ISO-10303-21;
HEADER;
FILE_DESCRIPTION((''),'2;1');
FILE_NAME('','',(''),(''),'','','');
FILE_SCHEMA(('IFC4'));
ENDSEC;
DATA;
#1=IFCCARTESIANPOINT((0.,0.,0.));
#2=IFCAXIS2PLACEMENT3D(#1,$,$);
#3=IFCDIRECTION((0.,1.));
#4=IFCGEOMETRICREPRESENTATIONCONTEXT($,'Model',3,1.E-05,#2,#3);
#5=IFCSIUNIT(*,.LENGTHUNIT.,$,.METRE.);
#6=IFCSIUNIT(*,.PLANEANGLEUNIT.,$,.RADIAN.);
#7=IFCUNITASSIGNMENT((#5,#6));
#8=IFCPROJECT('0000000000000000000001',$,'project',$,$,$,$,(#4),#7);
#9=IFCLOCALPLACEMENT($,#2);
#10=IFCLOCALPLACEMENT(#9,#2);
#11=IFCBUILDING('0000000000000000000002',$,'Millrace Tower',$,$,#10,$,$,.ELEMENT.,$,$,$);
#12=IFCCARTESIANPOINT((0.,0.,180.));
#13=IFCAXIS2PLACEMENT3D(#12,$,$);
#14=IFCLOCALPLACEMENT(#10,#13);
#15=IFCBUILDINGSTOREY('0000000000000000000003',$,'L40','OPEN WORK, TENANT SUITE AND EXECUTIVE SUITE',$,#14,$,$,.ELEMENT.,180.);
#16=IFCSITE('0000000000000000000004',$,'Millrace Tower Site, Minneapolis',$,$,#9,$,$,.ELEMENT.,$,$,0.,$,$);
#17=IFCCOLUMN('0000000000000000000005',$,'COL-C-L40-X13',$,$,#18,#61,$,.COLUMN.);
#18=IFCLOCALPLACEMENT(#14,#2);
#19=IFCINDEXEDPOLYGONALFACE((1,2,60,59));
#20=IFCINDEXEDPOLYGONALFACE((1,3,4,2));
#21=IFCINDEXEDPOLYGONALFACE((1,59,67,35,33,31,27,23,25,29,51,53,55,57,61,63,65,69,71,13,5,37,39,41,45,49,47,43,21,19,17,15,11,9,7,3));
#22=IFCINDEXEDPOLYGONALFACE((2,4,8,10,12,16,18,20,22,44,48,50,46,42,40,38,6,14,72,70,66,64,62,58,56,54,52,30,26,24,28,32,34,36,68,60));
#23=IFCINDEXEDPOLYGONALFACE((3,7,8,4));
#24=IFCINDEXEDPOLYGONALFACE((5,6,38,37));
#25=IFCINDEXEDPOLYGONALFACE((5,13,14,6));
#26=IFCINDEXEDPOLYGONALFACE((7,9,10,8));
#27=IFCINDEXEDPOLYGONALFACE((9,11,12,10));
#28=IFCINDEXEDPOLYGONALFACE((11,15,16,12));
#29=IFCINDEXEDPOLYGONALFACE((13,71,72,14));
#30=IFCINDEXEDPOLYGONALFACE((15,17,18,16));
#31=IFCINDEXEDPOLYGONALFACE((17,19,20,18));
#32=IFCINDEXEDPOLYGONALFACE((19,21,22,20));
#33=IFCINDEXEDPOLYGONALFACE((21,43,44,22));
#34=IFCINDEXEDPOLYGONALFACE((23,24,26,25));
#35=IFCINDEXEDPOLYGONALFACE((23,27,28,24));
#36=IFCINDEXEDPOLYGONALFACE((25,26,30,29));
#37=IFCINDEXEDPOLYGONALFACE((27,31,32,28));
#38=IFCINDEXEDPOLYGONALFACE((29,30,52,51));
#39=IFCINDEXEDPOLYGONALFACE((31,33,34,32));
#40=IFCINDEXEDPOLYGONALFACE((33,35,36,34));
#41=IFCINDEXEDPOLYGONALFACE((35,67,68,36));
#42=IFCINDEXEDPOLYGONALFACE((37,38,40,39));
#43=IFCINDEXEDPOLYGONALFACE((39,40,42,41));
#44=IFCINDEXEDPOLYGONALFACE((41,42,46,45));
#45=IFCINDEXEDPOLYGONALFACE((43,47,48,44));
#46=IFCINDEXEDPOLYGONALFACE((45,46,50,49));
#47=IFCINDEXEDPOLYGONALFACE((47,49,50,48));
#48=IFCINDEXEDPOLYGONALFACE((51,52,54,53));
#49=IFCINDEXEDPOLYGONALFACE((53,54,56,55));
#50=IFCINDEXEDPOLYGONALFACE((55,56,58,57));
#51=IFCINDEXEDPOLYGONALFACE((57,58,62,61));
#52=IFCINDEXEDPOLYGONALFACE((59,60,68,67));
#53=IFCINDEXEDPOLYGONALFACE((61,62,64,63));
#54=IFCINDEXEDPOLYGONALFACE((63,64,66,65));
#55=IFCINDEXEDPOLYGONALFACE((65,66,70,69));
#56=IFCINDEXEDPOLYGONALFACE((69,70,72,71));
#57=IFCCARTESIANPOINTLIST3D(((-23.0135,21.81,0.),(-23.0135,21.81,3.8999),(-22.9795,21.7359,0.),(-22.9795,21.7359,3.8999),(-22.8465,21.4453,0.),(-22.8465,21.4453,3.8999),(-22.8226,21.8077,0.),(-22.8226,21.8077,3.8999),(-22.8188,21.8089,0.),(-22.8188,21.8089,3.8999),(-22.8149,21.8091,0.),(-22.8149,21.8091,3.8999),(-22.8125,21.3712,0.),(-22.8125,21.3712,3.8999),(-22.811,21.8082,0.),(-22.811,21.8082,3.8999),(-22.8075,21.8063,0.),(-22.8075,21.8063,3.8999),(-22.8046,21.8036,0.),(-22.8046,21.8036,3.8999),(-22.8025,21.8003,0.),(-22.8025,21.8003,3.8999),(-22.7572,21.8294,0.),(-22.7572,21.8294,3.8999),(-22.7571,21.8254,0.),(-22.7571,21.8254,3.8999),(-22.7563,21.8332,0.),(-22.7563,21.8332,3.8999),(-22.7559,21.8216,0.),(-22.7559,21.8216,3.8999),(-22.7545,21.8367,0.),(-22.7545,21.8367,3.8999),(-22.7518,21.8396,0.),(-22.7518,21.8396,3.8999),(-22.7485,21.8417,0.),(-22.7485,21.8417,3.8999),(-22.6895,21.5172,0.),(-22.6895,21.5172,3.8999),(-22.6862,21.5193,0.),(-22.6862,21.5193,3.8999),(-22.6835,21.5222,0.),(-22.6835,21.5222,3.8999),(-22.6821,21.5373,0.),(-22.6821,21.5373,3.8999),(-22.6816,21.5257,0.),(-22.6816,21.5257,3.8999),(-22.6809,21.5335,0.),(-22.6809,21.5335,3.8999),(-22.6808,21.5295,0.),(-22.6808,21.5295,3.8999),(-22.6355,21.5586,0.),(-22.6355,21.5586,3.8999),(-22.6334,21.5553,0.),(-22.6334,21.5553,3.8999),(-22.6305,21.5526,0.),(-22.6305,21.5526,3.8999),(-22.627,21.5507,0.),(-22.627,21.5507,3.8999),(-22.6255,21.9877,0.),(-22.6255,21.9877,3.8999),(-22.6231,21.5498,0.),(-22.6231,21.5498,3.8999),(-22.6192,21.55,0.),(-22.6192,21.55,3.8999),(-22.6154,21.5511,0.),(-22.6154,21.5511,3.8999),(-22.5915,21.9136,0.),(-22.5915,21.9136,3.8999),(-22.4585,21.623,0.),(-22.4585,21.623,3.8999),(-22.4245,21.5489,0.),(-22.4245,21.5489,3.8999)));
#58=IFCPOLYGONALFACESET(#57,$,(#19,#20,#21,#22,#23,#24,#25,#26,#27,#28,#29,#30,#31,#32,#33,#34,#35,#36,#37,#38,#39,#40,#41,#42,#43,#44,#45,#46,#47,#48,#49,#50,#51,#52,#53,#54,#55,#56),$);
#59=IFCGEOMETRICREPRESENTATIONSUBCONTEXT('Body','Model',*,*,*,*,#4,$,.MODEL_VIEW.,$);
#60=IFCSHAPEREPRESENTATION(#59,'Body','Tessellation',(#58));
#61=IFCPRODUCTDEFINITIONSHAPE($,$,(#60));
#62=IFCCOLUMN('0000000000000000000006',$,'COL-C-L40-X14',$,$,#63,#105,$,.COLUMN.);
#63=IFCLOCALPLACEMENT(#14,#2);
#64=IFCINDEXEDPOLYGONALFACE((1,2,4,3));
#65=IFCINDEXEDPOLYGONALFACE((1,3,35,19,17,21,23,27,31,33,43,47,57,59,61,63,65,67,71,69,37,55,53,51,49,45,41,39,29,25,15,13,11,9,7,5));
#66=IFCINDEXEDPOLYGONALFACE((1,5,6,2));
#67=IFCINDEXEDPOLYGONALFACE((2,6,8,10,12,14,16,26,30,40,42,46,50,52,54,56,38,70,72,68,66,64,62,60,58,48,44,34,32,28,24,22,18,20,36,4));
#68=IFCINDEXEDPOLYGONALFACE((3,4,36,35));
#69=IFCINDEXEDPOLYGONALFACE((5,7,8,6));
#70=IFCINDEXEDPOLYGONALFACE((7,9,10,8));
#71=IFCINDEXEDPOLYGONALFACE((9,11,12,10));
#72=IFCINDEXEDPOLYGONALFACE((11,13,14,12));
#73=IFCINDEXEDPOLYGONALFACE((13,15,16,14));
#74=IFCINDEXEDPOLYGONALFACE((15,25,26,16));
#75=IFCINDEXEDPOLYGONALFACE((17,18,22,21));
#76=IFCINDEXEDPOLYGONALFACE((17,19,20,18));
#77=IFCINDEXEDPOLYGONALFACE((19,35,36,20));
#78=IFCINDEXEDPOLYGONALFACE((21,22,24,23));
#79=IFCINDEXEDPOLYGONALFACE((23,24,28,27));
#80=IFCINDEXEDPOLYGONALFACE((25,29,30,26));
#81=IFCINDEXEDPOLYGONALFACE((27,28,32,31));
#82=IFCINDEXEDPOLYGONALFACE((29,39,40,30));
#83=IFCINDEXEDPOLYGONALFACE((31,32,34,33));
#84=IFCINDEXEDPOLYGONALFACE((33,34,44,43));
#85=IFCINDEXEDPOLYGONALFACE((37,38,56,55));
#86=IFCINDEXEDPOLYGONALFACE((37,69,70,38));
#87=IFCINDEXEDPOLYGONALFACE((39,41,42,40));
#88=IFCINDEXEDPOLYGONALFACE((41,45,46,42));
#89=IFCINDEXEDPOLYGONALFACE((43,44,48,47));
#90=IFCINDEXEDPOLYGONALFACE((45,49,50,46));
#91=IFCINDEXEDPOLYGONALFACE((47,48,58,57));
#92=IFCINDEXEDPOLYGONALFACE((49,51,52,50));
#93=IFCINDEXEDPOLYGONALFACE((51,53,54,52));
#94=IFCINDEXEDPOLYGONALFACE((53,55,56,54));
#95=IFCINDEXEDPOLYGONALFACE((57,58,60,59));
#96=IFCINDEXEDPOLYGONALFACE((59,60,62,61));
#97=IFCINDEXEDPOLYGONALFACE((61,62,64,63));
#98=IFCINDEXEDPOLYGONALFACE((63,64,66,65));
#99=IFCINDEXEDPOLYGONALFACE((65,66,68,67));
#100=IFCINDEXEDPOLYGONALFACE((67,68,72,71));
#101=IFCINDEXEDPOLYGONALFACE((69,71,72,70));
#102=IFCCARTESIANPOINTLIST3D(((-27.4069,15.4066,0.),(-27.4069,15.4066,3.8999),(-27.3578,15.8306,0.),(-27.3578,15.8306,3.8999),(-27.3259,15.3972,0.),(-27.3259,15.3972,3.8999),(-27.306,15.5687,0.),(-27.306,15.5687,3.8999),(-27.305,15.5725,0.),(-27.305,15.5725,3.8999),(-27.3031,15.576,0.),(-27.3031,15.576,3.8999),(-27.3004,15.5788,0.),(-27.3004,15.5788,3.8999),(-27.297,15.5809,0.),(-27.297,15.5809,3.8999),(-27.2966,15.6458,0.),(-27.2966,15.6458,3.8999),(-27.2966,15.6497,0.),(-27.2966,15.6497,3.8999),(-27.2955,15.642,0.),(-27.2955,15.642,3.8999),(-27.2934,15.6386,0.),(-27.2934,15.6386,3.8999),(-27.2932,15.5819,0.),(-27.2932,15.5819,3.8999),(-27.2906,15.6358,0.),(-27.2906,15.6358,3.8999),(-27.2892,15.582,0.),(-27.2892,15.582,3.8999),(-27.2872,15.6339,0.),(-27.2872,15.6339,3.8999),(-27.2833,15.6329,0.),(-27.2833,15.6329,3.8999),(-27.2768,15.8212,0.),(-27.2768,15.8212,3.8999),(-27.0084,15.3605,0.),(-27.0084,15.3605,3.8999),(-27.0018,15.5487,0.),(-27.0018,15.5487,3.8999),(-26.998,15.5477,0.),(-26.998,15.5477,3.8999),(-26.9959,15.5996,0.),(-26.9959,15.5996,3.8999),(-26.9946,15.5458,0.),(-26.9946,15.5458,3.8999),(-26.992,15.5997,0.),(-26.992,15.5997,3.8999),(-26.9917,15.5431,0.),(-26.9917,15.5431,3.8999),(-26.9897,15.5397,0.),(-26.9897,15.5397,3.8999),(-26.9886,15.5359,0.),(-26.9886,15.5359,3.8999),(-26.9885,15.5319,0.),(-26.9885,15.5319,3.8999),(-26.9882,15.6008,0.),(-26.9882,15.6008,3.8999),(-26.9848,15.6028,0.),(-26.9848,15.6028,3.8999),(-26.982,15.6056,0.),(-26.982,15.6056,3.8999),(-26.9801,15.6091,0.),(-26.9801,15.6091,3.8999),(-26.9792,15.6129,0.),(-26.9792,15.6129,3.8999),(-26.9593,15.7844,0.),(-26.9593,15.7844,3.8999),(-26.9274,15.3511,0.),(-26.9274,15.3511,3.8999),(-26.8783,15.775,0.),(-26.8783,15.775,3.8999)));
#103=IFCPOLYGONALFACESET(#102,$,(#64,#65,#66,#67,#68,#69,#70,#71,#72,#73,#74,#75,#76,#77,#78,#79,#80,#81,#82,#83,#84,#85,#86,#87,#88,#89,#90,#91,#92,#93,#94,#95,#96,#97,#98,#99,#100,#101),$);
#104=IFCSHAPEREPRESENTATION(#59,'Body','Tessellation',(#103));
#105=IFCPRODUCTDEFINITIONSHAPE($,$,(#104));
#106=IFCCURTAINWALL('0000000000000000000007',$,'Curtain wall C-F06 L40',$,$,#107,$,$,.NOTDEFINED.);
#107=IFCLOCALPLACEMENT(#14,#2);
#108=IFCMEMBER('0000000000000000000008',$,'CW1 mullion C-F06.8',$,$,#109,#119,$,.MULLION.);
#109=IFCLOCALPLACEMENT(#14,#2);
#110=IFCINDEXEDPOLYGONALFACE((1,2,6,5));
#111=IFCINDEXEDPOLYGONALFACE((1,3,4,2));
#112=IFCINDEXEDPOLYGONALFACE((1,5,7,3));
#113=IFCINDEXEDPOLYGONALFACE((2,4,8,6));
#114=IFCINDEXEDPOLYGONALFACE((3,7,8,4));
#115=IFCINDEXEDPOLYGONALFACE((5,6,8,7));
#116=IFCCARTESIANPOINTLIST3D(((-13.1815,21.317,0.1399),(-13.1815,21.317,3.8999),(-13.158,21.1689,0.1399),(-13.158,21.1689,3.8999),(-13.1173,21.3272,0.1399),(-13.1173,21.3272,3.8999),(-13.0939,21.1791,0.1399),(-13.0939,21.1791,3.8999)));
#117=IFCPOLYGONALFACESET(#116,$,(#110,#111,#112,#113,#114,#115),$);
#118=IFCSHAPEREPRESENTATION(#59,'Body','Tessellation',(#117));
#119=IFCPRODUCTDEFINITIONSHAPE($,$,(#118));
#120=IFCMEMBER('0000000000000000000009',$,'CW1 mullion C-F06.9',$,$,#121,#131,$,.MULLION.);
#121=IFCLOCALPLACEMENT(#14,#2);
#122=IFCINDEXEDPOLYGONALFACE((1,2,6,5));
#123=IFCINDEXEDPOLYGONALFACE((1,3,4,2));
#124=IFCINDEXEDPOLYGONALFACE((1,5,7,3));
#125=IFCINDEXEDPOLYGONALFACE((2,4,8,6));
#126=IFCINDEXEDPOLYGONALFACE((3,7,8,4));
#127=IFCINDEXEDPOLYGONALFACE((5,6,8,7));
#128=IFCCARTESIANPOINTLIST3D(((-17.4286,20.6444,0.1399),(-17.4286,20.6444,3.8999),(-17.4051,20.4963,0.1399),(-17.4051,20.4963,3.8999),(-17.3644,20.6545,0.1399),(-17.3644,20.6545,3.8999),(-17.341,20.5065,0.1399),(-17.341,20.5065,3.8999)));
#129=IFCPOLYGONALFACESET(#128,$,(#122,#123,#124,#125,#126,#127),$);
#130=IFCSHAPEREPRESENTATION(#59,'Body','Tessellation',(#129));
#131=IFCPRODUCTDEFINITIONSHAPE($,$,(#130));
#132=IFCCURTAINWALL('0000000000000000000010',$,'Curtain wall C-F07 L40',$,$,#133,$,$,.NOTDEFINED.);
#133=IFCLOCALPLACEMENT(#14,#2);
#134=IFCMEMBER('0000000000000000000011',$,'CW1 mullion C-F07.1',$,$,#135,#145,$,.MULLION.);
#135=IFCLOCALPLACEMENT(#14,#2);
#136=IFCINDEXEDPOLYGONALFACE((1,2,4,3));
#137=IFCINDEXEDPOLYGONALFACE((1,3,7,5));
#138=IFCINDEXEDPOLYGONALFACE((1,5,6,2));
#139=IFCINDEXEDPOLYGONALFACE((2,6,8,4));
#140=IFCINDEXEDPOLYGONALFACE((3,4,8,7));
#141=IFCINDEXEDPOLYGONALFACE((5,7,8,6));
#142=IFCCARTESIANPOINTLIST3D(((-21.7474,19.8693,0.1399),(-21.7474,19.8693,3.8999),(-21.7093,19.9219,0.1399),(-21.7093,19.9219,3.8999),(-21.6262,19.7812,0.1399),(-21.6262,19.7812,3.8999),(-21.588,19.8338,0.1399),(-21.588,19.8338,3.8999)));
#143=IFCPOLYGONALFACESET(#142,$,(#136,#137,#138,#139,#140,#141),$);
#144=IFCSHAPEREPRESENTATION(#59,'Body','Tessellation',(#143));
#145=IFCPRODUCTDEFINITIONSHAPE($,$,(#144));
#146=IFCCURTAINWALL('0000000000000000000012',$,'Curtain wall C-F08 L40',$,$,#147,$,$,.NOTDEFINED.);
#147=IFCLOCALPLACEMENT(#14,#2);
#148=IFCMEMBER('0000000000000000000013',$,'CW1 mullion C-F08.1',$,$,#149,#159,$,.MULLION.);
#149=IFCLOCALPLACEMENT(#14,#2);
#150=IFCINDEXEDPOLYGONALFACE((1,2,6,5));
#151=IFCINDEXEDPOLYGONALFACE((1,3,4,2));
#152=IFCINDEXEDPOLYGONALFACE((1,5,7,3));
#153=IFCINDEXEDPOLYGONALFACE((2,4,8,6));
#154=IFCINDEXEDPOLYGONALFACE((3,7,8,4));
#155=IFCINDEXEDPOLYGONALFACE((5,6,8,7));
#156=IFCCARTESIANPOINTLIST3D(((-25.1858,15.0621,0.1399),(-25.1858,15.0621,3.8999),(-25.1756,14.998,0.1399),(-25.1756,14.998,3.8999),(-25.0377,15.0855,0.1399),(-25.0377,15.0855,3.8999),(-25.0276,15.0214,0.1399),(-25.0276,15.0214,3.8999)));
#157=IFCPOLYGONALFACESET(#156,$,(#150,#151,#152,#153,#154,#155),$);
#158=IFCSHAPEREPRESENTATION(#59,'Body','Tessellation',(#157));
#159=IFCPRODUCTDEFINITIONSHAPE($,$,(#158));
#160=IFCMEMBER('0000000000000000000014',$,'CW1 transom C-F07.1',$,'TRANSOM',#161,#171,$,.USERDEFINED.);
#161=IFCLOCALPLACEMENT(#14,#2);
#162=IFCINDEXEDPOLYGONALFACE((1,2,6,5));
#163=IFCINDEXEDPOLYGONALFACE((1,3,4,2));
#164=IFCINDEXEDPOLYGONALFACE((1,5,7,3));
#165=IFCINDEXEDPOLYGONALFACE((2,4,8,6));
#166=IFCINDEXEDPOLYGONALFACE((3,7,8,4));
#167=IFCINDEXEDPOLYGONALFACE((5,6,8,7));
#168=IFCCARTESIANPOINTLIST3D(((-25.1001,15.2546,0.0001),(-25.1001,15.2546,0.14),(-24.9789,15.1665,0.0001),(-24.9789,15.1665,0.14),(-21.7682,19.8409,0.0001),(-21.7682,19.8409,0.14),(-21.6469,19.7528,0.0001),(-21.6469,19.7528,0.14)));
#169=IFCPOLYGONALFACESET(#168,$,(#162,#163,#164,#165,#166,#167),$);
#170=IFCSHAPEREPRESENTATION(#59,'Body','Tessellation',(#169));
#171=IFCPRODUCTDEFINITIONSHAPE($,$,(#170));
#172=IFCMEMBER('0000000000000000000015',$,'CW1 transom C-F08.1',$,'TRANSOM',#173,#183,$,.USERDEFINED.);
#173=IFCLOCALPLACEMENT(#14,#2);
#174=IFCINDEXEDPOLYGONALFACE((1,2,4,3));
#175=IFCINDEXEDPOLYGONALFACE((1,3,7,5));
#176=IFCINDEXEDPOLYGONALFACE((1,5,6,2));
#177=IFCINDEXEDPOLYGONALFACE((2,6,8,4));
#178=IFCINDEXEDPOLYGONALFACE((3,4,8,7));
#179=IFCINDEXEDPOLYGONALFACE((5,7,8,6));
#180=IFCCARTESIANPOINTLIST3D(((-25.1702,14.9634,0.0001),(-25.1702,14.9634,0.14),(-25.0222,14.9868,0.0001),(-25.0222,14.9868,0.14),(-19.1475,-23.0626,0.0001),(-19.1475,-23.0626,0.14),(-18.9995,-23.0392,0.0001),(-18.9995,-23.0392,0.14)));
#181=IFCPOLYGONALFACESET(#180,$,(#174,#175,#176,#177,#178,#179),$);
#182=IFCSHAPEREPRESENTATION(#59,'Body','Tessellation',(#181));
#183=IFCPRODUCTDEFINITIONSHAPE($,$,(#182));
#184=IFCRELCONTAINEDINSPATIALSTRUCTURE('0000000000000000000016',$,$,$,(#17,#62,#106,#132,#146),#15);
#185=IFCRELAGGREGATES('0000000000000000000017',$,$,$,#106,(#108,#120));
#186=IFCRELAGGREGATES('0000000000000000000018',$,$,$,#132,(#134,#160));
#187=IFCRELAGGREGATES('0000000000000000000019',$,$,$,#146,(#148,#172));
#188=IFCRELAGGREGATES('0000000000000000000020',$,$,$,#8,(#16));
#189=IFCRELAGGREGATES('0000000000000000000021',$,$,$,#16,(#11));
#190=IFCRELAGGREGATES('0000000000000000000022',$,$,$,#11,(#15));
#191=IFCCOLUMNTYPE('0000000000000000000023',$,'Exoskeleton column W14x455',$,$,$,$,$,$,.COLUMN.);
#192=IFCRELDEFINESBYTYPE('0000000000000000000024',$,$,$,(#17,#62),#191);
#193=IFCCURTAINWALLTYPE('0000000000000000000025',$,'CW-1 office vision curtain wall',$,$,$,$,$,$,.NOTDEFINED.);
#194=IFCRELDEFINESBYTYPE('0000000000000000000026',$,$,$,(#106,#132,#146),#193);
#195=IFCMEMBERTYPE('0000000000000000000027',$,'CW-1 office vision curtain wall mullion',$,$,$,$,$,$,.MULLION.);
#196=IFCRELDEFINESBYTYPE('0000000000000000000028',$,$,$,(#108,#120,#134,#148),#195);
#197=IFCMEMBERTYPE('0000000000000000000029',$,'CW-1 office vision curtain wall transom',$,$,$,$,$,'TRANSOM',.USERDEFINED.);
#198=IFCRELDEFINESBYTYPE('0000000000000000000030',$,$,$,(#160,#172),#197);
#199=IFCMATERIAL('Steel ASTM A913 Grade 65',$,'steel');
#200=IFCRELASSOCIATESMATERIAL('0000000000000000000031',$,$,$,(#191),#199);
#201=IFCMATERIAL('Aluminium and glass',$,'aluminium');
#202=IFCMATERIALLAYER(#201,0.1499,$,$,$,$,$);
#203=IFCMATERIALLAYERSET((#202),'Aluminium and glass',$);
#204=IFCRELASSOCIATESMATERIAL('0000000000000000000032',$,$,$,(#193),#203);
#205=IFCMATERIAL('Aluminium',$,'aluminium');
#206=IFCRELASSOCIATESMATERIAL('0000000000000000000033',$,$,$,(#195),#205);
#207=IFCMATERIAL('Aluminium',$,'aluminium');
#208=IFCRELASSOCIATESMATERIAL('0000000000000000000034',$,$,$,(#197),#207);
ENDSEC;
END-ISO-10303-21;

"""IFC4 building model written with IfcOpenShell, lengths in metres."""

from ifc_helpers import new_model, si_unit, direction, frame, origin, origin_2d, place, context, subcontext, project, spatial, rectangle, i_section, extrude, material, layer, layer_set, material_profile, profile_set, type_object, element, aggregate, save


model = new_model("IFC4")

# Units and contexts
model_context = context("Model", 3, precision=1e-05, world=origin(), true_north=direction((0.0, 1.0)))
body_context = subcontext(model_context, "Body", "Model", "MODEL_VIEW")
ifc_project = project(units=[si_unit("LENGTHUNIT", "METRE"), si_unit("PLANEANGLEUNIT", "RADIAN")], contexts=[model_context])

# Site, building, storey
site_placement = place(None, origin())
site = spatial("IfcSite", under=ifc_project, at=site_placement, Name="Millrace Tower Site, Minneapolis", CompositionType="ELEMENT", RefElevation=0.0)
building_placement = place(site_placement, origin())
building = spatial("IfcBuilding", under=site, at=building_placement, Name="Millrace Tower", CompositionType="ELEMENT")
storey_placement = place(building_placement, frame((0.0, 0.0, 180.0)))
storey = spatial("IfcBuildingStorey", under=building, at=storey_placement, Name="L40", Description="OPEN WORK, TENANT SUITE AND EXECUTIVE SUITE", CompositionType="ELEMENT", Elevation=180.0)

# Columns
ifc_material_1 = material(Name="Steel ASTM A913 Grade 65", Category="steel")
ifc_material_profile_1 = material_profile(ifc_material_1, i_section(OverallWidth=0.4268, OverallDepth=0.4827, WebThickness=0.0513, FlangeThickness=0.0815, FilletRadius=0.0151, at=origin_2d()))
ifc_profile_set_1 = profile_set([ifc_material_profile_1], Name="Steel ASTM A913 Grade 65")
column_type = type_object("IfcColumnType", Name="Exoskeleton column W14x455", PredefinedType="COLUMN", material=ifc_profile_set_1)
for number, where, z_axis, x_axis, name in (
    (1, (-22.719, 21.6794, 0.0), (0.0, 0.0, 1.0), (-0.909181, -0.416401, 0.0), "COL-C-L40-X13"),
    (2, (-27.1426, 15.5908, 0.0), (0.0, 0.0, 1.0), (-0.115069, -0.993358, 0.0), "COL-C-L40-X14"),
):
    element("IfcColumn", number, at=place(storey_placement, frame(where, z_axis=z_axis, x_axis=x_axis)), inside=storey, type_object=column_type, Name=name, PredefinedType="COLUMN", context=body_context, shape_type="SweptSolid", body=[
        extrude(i_section(OverallWidth=0.4268, OverallDepth=0.4827, WebThickness=0.0513, FlangeThickness=0.0815, FilletRadius=0.0151, at=origin_2d()), origin(), (0.0, 0.0, 1.0), 3.8999),
    ])

# Curtain wall, members
ifc_material_2 = material(Name="Aluminium and glass", Category="aluminium")
ifc_layer_1 = layer(ifc_material_2, 0.1499)
ifc_layer_set_1 = layer_set([ifc_layer_1], Name="Aluminium and glass")
curtain_wall_type = type_object("IfcCurtainWallType", Name="CW-1 office vision curtain wall", PredefinedType="NOTDEFINED", material=ifc_layer_set_1)
placement = place(storey_placement, origin())
curtain_wall_1 = element("IfcCurtainWall", 3, at=placement, inside=storey, type_object=curtain_wall_type, Name="Curtain wall C-F06 L40", PredefinedType="NOTDEFINED")
ifc_material_3 = material(Name="Aluminium", Category="aluminium")
ifc_material_profile_2 = material_profile(ifc_material_3, rectangle(XDim=0.0649, YDim=0.1499, at=origin_2d()))
ifc_profile_set_2 = profile_set([ifc_material_profile_2], Name="Aluminium")
member_type_1 = type_object("IfcMemberType", Name="CW-1 office vision curtain wall mullion", PredefinedType="MULLION", material=ifc_profile_set_2)
member_1_placement = place(storey_placement, frame((-13.1377, 21.248, 0.1399), z_axis=(0.0, 0.0, 1.0), x_axis=(-0.987688, -0.156434, 0.0)))
member_1 = element("IfcMember", 4, at=member_1_placement, type_object=member_type_1, Name="CW1 mullion C-F06.8", PredefinedType="MULLION", context=body_context, shape_type="SweptSolid", body=[
    extrude(rectangle(XDim=0.0649, YDim=0.1499, at=origin_2d()), origin(), (0.0, 0.0, 1.0), 3.76),
])
member_2_placement = place(storey_placement, frame((-17.3848, 20.5754, 0.1399), z_axis=(0.0, 0.0, 1.0), x_axis=(-0.987688, -0.156434, 0.0)))
member_2 = element("IfcMember", 5, at=member_2_placement, type_object=member_type_1, Name="CW1 mullion C-F06.9", PredefinedType="MULLION", context=body_context, shape_type="SweptSolid", body=[
    extrude(rectangle(XDim=0.0649, YDim=0.1499, at=origin_2d()), origin(), (0.0, 0.0, 1.0), 3.76),
])
aggregate(curtain_wall_1, [member_1, member_2])

# Curtain walls, members
curtain_wall_2 = element("IfcCurtainWall", 6, at=placement, inside=storey, type_object=curtain_wall_type, Name="Curtain wall C-F07 L40", PredefinedType="NOTDEFINED")
member_3_placement = place(storey_placement, frame((-21.6677, 19.8516, 0.1399), z_axis=(0.0, 0.0, 1.0), x_axis=(-0.587785, -0.809017, 0.0)))
member_3 = element("IfcMember", 7, at=member_3_placement, type_object=member_type_1, Name="CW1 mullion C-F07.1", PredefinedType="MULLION", context=body_context, shape_type="SweptSolid", body=[
    extrude(rectangle(XDim=0.0649, YDim=0.1499, at=origin_2d()), origin(), (0.0, 0.0, 1.0), 3.76),
])
curtain_wall_3 = element("IfcCurtainWall", 8, at=placement, inside=storey, type_object=curtain_wall_type, Name="Curtain wall C-F08 L40", PredefinedType="NOTDEFINED")
member_4_placement = place(storey_placement, frame((-25.1067, 15.0417, 0.1399), z_axis=(0.0, 0.0, 1.0), x_axis=(0.156434, -0.987688, 0.0)))
member_4 = element("IfcMember", 9, at=member_4_placement, type_object=member_type_1, Name="CW1 mullion C-F08.1", PredefinedType="MULLION", context=body_context, shape_type="SweptSolid", body=[
    extrude(rectangle(XDim=0.0649, YDim=0.1499, at=origin_2d()), origin(), (0.0, 0.0, 1.0), 3.76),
])

# Members
ifc_material_4 = material(Name="Aluminium", Category="aluminium")
ifc_material_profile_3 = material_profile(ifc_material_4, rectangle(XDim=0.1499, YDim=0.1399, at=origin_2d()))
ifc_profile_set_3 = profile_set([ifc_material_profile_3], Name="Aluminium")
member_type_2 = type_object("IfcMemberType", Name="CW-1 office vision curtain wall transom", ElementType="TRANSOM", PredefinedType="USERDEFINED", material=ifc_profile_set_3)
member_5_placement = place(storey_placement, frame((-21.7075, 19.7969, 0.0701), z_axis=(-0.587762, -0.809034, 0.0), x_axis=(0.809034, -0.587762, 0.0)))
member_5 = element("IfcMember", 10, at=member_5_placement, type_object=member_type_2, Name="CW1 transom C-F07.1", ObjectType="TRANSOM", PredefinedType="USERDEFINED", context=body_context, shape_type="SweptSolid", body=[
    extrude(rectangle(XDim=0.1499, YDim=0.1399, at=origin_2d()), origin(), (0.0, 0.0, 1.0), 5.6689),
])
aggregate(curtain_wall_2, [member_3, member_5])
member_6_placement = place(storey_placement, frame((-25.0962, 14.9751, 0.0701), z_axis=(0.156433, -0.987689, 0.0), x_axis=(0.987689, 0.156433, 0.0)))
member_6 = element("IfcMember", 11, at=member_6_placement, type_object=member_type_2, Name="CW1 transom C-F08.1", ObjectType="TRANSOM", PredefinedType="USERDEFINED", context=body_context, shape_type="SweptSolid", body=[
    extrude(rectangle(XDim=0.1499, YDim=0.1399, at=origin_2d()), origin(), (0.0, 0.0, 1.0), 38.5),
])
aggregate(curtain_wall_3, [member_4, member_6])

save(model, "model.ifc")
